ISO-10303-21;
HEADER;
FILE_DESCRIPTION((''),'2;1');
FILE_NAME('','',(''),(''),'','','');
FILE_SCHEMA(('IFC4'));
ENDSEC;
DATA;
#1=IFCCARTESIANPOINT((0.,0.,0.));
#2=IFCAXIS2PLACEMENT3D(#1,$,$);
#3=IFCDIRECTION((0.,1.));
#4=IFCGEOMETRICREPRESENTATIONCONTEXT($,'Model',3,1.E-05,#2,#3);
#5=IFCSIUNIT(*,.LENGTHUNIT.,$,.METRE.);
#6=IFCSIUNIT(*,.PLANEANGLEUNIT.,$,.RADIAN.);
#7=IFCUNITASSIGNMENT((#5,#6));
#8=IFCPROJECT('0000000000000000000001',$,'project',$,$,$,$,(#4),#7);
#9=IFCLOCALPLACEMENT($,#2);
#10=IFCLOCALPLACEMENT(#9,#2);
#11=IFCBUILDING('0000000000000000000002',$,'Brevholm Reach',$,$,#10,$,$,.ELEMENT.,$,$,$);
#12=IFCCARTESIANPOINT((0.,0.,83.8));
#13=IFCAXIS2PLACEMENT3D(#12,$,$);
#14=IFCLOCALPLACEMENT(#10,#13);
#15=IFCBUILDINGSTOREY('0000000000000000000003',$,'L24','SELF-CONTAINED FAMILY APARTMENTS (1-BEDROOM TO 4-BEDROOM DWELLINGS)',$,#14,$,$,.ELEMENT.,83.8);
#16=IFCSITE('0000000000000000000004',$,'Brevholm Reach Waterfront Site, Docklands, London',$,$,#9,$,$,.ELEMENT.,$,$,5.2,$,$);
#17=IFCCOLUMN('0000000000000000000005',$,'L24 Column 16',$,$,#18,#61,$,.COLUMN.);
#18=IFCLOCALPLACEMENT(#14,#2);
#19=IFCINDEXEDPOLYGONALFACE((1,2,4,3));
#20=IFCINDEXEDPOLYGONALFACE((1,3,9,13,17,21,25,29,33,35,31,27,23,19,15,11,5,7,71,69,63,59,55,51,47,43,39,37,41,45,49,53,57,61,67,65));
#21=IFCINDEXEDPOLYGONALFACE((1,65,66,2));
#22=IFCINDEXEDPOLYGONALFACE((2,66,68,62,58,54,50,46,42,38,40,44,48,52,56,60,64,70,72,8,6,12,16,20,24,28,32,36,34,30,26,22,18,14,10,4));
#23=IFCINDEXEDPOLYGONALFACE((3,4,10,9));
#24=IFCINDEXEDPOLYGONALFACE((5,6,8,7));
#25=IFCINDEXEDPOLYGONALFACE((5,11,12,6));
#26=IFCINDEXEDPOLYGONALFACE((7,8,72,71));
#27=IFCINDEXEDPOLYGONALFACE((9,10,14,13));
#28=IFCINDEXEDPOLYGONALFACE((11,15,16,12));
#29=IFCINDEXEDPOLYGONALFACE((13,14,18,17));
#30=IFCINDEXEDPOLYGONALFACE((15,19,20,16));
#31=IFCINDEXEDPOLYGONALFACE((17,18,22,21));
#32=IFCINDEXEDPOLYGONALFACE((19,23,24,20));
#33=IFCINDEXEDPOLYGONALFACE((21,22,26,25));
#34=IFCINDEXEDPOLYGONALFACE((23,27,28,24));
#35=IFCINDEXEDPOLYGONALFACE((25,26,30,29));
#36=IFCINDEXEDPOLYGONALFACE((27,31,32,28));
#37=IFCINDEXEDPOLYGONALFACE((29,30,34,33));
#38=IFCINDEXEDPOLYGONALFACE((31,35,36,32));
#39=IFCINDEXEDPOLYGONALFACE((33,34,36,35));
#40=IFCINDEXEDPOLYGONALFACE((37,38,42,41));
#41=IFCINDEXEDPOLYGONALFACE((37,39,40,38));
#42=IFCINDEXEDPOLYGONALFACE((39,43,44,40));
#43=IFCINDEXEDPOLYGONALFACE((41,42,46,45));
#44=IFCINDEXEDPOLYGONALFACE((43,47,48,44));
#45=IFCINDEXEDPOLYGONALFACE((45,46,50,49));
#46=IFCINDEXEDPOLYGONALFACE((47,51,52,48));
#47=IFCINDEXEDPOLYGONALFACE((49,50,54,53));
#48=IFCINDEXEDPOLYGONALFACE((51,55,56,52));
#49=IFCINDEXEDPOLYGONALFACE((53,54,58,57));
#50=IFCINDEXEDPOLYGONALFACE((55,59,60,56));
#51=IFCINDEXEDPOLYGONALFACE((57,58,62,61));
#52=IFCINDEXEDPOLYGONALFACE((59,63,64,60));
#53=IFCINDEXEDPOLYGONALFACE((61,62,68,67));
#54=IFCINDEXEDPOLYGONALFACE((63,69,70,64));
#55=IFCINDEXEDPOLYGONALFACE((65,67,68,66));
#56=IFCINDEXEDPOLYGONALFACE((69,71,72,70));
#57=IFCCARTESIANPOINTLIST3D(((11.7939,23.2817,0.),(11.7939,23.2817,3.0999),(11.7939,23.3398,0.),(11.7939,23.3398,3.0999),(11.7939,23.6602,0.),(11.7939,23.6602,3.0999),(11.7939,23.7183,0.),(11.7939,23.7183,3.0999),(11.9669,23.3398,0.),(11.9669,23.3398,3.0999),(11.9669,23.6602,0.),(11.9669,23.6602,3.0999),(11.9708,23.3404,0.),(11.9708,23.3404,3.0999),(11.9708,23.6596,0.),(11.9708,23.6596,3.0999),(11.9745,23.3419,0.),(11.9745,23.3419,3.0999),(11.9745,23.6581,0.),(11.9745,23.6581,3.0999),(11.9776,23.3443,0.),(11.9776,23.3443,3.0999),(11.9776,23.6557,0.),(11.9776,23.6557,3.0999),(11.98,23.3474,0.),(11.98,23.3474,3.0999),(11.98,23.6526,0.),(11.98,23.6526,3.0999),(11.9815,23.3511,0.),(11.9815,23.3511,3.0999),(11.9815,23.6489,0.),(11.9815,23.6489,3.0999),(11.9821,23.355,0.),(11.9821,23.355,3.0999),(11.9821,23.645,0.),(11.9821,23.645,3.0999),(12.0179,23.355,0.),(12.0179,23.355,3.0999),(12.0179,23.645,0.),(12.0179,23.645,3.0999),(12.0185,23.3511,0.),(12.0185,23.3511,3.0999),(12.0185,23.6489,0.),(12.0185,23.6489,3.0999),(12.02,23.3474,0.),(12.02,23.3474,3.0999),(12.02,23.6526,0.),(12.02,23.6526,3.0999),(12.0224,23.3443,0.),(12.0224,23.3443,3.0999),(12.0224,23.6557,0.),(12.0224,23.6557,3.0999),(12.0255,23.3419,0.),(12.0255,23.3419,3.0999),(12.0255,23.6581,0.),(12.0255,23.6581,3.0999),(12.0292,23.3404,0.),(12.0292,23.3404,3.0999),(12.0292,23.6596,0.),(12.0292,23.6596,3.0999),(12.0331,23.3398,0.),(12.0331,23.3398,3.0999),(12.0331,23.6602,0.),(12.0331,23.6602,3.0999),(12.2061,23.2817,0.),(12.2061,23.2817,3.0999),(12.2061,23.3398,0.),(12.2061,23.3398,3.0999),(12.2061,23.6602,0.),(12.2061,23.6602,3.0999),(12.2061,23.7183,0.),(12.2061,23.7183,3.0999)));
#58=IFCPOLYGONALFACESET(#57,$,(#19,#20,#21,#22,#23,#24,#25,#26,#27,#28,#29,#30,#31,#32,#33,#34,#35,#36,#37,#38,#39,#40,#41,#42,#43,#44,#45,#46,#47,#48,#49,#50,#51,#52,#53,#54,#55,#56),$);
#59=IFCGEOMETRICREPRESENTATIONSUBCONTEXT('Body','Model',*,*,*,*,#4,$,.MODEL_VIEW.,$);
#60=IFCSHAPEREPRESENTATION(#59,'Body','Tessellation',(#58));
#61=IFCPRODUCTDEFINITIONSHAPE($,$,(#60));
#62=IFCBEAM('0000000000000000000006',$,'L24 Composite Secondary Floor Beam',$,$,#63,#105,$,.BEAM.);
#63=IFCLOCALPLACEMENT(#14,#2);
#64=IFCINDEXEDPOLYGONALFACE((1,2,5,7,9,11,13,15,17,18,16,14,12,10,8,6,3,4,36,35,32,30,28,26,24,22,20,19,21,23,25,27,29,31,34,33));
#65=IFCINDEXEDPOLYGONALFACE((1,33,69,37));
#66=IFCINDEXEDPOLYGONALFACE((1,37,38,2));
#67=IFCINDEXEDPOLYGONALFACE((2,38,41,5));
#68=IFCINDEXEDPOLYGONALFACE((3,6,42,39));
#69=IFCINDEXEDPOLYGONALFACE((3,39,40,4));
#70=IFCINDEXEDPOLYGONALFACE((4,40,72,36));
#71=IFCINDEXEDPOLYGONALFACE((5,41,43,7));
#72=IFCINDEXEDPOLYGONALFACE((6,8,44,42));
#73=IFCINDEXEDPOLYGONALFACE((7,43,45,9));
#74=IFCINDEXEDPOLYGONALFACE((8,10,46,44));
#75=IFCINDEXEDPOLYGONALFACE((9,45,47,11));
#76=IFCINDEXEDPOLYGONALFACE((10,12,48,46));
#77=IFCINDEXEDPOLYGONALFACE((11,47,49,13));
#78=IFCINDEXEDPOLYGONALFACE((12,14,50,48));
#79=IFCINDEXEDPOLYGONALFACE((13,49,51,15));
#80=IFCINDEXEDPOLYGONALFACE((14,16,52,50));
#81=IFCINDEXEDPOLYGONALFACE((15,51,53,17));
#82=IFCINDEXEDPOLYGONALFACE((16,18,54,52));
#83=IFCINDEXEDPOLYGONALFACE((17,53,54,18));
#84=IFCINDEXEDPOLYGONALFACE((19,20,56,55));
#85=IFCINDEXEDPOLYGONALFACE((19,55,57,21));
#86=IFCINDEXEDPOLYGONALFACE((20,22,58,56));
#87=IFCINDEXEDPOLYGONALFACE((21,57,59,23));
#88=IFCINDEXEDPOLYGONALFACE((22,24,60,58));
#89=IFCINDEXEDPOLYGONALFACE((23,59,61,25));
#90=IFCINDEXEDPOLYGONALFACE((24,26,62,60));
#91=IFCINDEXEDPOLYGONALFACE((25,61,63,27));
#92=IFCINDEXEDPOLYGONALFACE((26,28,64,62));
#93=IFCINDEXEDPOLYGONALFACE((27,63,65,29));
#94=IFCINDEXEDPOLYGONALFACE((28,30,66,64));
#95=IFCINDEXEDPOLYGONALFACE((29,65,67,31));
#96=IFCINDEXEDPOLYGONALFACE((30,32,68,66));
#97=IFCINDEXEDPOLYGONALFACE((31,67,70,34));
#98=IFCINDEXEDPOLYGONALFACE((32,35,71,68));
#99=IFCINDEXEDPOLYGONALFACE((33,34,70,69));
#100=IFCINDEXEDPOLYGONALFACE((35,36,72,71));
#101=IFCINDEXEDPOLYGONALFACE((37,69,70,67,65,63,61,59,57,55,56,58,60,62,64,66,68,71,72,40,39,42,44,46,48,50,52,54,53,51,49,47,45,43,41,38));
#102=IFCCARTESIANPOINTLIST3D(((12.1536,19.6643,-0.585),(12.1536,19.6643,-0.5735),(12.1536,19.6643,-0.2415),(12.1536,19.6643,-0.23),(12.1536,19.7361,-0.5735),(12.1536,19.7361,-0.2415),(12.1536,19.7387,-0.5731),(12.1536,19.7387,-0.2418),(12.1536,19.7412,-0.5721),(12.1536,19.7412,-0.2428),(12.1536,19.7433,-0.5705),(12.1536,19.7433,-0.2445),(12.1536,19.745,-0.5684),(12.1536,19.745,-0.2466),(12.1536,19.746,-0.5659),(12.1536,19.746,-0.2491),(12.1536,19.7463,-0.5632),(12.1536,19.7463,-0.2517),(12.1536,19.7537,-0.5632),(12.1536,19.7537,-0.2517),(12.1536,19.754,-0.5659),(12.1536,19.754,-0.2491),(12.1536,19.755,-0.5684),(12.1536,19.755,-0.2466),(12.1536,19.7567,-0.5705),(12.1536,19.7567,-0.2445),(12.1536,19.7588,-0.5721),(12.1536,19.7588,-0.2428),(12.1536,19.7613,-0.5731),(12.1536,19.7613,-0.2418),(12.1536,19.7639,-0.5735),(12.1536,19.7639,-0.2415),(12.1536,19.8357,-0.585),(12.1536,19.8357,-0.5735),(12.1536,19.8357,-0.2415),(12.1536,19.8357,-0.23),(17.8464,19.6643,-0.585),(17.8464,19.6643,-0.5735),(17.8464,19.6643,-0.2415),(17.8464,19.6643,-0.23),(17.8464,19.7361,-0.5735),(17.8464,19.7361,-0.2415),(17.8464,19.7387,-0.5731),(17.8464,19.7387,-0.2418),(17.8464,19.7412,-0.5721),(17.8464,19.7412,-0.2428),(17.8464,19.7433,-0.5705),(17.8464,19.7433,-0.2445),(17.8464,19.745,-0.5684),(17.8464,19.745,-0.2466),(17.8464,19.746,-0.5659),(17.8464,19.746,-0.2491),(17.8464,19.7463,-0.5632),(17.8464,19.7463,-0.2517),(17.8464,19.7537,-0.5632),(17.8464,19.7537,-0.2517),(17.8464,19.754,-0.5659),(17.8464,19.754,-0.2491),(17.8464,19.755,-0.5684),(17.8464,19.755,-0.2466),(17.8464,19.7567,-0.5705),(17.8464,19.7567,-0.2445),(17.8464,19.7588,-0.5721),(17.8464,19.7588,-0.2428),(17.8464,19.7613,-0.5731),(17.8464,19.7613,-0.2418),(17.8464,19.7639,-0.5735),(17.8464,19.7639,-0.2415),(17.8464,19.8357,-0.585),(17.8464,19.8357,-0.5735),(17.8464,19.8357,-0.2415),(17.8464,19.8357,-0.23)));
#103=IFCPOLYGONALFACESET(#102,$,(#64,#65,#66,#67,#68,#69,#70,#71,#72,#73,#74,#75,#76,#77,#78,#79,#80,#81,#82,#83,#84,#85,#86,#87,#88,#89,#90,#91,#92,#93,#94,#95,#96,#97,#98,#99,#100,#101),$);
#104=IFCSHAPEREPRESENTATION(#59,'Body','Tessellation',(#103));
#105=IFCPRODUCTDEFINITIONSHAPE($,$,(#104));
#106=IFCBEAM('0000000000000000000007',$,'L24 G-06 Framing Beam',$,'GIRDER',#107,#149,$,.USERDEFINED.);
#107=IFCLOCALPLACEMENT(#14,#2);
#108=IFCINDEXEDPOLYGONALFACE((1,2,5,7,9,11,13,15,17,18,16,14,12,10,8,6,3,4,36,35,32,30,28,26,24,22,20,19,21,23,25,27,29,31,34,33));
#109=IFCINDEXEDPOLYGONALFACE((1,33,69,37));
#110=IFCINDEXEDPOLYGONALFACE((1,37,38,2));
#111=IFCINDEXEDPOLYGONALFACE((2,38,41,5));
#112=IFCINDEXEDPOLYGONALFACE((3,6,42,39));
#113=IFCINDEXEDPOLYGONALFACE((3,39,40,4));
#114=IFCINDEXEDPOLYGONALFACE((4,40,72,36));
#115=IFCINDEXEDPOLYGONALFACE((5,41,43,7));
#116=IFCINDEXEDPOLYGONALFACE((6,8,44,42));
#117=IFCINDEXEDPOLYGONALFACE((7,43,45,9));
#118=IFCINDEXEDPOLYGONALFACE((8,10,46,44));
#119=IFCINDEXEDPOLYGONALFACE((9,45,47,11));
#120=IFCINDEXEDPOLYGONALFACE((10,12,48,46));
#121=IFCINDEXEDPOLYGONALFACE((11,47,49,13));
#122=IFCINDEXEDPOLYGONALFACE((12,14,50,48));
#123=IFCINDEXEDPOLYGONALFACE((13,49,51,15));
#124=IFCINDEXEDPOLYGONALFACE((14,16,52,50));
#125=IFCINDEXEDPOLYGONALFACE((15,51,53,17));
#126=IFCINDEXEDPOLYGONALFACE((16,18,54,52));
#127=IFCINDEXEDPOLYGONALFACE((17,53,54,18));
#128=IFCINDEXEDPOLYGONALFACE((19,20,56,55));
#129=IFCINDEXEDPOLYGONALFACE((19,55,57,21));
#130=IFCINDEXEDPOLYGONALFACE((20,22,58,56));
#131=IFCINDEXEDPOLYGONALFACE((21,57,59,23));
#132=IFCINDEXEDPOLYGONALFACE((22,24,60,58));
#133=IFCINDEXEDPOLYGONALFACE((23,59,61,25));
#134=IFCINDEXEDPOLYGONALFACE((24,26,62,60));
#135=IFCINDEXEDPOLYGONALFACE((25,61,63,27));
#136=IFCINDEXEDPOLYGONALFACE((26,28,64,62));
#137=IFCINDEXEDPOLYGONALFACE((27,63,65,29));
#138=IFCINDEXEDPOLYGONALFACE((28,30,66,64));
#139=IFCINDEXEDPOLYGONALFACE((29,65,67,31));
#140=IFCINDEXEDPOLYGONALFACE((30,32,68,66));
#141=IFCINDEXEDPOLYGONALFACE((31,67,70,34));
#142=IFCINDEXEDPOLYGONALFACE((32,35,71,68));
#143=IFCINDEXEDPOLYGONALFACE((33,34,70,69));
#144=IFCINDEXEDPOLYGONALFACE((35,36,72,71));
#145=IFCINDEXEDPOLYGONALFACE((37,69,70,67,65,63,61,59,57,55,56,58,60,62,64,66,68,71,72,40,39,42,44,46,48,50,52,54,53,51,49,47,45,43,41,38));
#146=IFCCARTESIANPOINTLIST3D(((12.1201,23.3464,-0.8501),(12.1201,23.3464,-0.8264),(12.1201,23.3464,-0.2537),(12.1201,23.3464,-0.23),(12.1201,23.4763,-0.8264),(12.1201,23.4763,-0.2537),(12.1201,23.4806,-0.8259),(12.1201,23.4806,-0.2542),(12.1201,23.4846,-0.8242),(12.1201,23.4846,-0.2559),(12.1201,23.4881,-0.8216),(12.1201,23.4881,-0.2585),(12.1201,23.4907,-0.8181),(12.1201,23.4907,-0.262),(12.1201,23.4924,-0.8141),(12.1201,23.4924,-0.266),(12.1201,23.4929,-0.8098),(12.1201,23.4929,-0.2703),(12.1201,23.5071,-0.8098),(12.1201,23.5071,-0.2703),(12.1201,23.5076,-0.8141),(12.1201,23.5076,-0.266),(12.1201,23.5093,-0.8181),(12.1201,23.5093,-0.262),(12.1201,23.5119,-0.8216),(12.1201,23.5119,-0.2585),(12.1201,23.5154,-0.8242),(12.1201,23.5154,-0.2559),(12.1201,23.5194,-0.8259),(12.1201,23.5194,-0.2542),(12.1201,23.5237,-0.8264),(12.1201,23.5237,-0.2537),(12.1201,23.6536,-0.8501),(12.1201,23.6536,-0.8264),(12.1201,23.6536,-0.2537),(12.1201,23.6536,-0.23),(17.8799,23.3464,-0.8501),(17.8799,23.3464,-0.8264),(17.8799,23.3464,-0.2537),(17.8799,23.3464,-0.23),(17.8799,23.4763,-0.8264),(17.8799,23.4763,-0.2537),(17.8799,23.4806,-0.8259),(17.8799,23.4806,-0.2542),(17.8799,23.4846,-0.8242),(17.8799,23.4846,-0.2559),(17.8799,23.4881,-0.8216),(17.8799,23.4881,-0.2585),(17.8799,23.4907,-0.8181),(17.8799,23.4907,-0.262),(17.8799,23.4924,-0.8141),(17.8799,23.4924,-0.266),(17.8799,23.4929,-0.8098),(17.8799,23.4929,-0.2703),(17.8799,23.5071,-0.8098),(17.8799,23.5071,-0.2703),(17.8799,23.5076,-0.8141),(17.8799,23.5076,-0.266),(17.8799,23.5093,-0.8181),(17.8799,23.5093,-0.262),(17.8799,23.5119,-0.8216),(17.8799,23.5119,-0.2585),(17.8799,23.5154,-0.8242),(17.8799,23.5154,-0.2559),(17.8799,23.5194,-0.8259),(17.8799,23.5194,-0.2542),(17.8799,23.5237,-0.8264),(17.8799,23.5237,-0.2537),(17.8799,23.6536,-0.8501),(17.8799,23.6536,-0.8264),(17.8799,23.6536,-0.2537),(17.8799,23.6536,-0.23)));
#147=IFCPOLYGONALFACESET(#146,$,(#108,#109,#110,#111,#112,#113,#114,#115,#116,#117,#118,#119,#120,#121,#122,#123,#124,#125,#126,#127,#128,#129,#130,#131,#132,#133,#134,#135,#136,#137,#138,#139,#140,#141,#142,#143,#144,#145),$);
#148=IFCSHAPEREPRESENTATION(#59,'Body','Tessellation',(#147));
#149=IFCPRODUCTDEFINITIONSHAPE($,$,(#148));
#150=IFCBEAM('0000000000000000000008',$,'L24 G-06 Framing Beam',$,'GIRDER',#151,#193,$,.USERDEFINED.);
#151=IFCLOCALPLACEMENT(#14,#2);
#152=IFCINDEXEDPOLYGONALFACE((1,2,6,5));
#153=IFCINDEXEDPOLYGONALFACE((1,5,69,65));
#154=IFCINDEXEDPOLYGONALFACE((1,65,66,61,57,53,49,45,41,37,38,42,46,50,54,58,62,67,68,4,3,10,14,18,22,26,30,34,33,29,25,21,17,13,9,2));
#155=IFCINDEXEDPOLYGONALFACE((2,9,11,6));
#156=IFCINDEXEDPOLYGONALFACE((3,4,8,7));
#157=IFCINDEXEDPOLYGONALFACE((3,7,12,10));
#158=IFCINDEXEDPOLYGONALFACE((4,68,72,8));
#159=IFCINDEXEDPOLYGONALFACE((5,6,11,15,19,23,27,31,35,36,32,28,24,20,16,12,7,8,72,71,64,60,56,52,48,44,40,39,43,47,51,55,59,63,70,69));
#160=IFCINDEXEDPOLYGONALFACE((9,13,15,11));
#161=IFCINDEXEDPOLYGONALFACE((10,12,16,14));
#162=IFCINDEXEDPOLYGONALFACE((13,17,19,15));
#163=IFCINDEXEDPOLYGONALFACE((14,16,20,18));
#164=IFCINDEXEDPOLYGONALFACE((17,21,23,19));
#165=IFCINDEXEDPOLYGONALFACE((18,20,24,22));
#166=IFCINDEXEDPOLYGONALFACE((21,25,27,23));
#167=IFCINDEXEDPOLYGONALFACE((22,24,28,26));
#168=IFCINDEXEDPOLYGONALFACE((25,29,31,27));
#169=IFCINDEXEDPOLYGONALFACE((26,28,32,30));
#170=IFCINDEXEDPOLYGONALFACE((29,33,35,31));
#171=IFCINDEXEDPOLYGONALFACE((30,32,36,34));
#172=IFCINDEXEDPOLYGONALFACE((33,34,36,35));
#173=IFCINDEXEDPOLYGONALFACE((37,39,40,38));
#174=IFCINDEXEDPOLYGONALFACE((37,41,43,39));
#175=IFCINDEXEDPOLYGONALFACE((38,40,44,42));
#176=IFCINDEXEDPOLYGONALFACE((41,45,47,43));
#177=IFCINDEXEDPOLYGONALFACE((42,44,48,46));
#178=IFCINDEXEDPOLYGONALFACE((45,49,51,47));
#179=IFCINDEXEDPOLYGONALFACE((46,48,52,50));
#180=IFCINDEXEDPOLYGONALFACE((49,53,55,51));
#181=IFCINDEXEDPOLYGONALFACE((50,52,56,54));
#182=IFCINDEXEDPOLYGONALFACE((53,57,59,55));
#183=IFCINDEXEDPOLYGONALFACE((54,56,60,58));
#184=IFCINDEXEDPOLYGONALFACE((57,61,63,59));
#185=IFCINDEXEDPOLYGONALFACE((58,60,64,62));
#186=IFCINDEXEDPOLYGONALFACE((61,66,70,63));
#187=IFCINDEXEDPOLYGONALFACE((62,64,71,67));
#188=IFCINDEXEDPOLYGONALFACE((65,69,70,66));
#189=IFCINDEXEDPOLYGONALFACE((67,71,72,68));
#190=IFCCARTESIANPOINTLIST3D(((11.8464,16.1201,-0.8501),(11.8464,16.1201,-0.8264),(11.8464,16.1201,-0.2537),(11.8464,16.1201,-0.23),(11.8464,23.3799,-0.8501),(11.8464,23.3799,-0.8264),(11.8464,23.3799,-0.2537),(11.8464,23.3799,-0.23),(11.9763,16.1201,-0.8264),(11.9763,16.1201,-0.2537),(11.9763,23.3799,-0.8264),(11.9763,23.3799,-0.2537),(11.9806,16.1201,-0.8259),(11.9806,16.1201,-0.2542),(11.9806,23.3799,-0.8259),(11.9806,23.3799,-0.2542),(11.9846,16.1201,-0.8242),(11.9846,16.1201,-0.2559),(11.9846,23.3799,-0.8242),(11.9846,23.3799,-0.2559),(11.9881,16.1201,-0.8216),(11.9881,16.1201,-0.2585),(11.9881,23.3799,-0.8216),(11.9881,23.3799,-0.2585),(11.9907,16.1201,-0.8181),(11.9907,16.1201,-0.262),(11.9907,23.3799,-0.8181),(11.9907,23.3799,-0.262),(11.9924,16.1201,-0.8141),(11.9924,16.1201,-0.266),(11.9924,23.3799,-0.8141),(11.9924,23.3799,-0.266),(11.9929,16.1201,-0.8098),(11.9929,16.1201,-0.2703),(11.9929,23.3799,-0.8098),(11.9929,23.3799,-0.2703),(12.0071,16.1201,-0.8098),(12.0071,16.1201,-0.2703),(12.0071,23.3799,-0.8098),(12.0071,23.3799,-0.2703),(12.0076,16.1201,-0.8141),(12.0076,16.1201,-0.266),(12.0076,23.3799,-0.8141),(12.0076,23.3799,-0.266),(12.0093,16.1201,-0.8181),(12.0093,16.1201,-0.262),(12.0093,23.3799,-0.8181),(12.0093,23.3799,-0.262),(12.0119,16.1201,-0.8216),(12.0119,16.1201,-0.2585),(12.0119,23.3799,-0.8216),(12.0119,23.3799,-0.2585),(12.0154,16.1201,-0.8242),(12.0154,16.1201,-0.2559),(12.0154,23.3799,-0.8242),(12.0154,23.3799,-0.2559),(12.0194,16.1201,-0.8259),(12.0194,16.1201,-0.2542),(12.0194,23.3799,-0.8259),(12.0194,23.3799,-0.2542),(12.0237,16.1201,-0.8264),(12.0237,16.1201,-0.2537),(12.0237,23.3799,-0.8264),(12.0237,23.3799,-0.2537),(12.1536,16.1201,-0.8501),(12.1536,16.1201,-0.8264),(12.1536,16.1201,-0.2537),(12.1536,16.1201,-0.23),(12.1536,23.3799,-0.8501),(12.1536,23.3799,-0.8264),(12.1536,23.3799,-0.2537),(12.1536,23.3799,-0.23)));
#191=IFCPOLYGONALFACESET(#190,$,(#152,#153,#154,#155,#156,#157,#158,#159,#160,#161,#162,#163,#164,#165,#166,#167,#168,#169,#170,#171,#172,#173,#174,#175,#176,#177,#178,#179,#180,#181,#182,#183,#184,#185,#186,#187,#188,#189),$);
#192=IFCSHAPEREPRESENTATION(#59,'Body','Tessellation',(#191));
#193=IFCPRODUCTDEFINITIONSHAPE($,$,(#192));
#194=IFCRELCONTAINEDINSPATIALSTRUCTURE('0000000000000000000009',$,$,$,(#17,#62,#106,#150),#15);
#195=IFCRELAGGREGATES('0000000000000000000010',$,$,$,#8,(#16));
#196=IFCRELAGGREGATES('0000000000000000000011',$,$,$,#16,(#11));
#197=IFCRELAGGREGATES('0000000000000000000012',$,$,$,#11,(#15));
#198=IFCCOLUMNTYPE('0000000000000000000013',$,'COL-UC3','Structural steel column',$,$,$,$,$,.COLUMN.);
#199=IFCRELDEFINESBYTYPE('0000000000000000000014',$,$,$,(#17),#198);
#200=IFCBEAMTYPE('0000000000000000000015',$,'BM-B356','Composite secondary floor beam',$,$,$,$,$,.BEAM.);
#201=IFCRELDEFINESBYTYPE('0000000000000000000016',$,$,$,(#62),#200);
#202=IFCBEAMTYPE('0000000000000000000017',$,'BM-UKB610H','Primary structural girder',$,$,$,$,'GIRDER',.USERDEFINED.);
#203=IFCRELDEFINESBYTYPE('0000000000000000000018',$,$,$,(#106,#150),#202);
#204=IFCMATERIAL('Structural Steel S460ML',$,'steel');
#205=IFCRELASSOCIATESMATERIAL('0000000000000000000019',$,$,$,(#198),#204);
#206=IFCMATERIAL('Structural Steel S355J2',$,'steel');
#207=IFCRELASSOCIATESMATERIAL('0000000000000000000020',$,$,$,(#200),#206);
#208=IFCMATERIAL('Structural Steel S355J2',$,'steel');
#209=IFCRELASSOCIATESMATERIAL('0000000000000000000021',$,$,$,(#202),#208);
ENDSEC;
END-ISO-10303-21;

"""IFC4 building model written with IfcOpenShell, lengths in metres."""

from ifc_helpers import new_model, si_unit, direction, frame, origin, origin_2d, place, context, subcontext, project, spatial, i_section, extrude, material, material_profile, profile_set, type_object, element, save


model = new_model("IFC4")

# Units and contexts
model_context = context("Model", 3, precision=1e-05, world=origin(), true_north=direction((0.0, 1.0)))
body_context = subcontext(model_context, "Body", "Model", "MODEL_VIEW")
ifc_project = project(units=[si_unit("LENGTHUNIT", "METRE"), si_unit("PLANEANGLEUNIT", "RADIAN")], contexts=[model_context])

# Site, building, storey
site_placement = place(None, origin())
site = spatial("IfcSite", under=ifc_project, at=site_placement, Name="Brevholm Reach Waterfront Site, Docklands, London", CompositionType="ELEMENT", RefElevation=5.2)
building_placement = place(site_placement, origin())
building = spatial("IfcBuilding", under=site, at=building_placement, Name="Brevholm Reach", CompositionType="ELEMENT")
storey_placement = place(building_placement, frame((0.0, 0.0, 83.8)))
storey = spatial("IfcBuildingStorey", under=building, at=storey_placement, Name="L24", Description="SELF-CONTAINED FAMILY APARTMENTS (1-BEDROOM TO 4-BEDROOM DWELLINGS)", CompositionType="ELEMENT", Elevation=83.8)

# Column
ifc_material_1 = material(Name="Structural Steel S460ML", Category="steel")
ifc_material_profile_1 = material_profile(ifc_material_1, i_section(OverallWidth=0.4121, OverallDepth=0.4365, WebThickness=0.0359, FlangeThickness=0.0581, FilletRadius=0.0151, at=origin_2d()), Name="UKC 356x406x467")
ifc_profile_set_1 = profile_set([ifc_material_profile_1], Name="Structural Steel S460ML")
column_type = type_object("IfcColumnType", Name="COL-UC3", Description="Structural steel column", PredefinedType="COLUMN", material=ifc_profile_set_1)
column_placement = place(storey_placement, frame((12.0, 23.5, 0.0), z_axis=(0.0, 0.0, 1.0), x_axis=(1.0, 0.0, 0.0)))
element("IfcColumn", 1, at=column_placement, inside=storey, type_object=column_type, Name="L24 Column 16", PredefinedType="COLUMN", context=body_context, shape_type="SweptSolid", body=[
    extrude(i_section(OverallWidth=0.4121, OverallDepth=0.4365, WebThickness=0.0359, FlangeThickness=0.0581, FilletRadius=0.0151, at=origin_2d()), origin(), (0.0, 0.0, 1.0), 3.0999),
])

# Beams
ifc_material_2 = material(Name="Structural Steel S355J2", Category="steel")
ifc_material_profile_2 = material_profile(ifc_material_2, i_section(OverallWidth=0.1714, OverallDepth=0.355, WebThickness=0.0073, FlangeThickness=0.0115, FilletRadius=0.0103, at=origin_2d()), Name="UKB 356x171x51")
ifc_profile_set_2 = profile_set([ifc_material_profile_2], Name="Structural Steel S355J2")
beam_type_1 = type_object("IfcBeamType", Name="BM-B356", Description="Composite secondary floor beam", PredefinedType="BEAM", material=ifc_profile_set_2)
beam_1_placement = place(storey_placement, frame((12.1536, 19.75, -0.4075), z_axis=(1.0, 0.0, 0.0), x_axis=(0.0, 1.0, 0.0)))
element("IfcBeam", 2, at=beam_1_placement, inside=storey, type_object=beam_type_1, Name="L24 Composite Secondary Floor Beam", PredefinedType="BEAM", context=body_context, shape_type="SweptSolid", body=[
    extrude(i_section(OverallWidth=0.1714, OverallDepth=0.355, WebThickness=0.0073, FlangeThickness=0.0115, FilletRadius=0.0103, at=origin_2d()), origin(), (0.0, 0.0, 1.0), 5.6929),
])
ifc_material_3 = material(Name="Structural Steel S355J2", Category="steel")
ifc_material_profile_3 = material_profile(ifc_material_3, i_section(OverallWidth=0.3071, OverallDepth=0.6201, WebThickness=0.0142, FlangeThickness=0.0237, FilletRadius=0.0166, at=origin_2d()), Name="UKB 610x305x179")
ifc_profile_set_3 = profile_set([ifc_material_profile_3], Name="Structural Steel S355J2")
beam_type_2 = type_object("IfcBeamType", Name="BM-UKB610H", Description="Primary structural girder", ElementType="GIRDER", PredefinedType="USERDEFINED", material=ifc_profile_set_3)
beam_2_placement = place(storey_placement, frame((12.1201, 23.5, -0.54), z_axis=(1.0, 0.0, 0.0), x_axis=(0.0, 1.0, 0.0)))
element("IfcBeam", 3, at=beam_2_placement, inside=storey, type_object=beam_type_2, Name="L24 G-06 Framing Beam", ObjectType="GIRDER", PredefinedType="USERDEFINED", context=body_context, shape_type="SweptSolid", body=[
    extrude(i_section(OverallWidth=0.3071, OverallDepth=0.6201, WebThickness=0.0142, FlangeThickness=0.0237, FilletRadius=0.0166, at=origin_2d()), origin(), (0.0, 0.0, 1.0), 5.7598),
])
beam_3_placement = place(storey_placement, frame((12.0, 16.1201, -0.54), z_axis=(0.0, 1.0, 0.0), x_axis=(-1.0, 0.0, 0.0)))
element("IfcBeam", 4, at=beam_3_placement, inside=storey, type_object=beam_type_2, Name="L24 G-06 Framing Beam", ObjectType="GIRDER", PredefinedType="USERDEFINED", context=body_context, shape_type="SweptSolid", body=[
    extrude(i_section(OverallWidth=0.3071, OverallDepth=0.6201, WebThickness=0.0142, FlangeThickness=0.0237, FilletRadius=0.0166, at=origin_2d()), origin(), (0.0, 0.0, 1.0), 7.2598),
])

save(model, "model.ifc")
